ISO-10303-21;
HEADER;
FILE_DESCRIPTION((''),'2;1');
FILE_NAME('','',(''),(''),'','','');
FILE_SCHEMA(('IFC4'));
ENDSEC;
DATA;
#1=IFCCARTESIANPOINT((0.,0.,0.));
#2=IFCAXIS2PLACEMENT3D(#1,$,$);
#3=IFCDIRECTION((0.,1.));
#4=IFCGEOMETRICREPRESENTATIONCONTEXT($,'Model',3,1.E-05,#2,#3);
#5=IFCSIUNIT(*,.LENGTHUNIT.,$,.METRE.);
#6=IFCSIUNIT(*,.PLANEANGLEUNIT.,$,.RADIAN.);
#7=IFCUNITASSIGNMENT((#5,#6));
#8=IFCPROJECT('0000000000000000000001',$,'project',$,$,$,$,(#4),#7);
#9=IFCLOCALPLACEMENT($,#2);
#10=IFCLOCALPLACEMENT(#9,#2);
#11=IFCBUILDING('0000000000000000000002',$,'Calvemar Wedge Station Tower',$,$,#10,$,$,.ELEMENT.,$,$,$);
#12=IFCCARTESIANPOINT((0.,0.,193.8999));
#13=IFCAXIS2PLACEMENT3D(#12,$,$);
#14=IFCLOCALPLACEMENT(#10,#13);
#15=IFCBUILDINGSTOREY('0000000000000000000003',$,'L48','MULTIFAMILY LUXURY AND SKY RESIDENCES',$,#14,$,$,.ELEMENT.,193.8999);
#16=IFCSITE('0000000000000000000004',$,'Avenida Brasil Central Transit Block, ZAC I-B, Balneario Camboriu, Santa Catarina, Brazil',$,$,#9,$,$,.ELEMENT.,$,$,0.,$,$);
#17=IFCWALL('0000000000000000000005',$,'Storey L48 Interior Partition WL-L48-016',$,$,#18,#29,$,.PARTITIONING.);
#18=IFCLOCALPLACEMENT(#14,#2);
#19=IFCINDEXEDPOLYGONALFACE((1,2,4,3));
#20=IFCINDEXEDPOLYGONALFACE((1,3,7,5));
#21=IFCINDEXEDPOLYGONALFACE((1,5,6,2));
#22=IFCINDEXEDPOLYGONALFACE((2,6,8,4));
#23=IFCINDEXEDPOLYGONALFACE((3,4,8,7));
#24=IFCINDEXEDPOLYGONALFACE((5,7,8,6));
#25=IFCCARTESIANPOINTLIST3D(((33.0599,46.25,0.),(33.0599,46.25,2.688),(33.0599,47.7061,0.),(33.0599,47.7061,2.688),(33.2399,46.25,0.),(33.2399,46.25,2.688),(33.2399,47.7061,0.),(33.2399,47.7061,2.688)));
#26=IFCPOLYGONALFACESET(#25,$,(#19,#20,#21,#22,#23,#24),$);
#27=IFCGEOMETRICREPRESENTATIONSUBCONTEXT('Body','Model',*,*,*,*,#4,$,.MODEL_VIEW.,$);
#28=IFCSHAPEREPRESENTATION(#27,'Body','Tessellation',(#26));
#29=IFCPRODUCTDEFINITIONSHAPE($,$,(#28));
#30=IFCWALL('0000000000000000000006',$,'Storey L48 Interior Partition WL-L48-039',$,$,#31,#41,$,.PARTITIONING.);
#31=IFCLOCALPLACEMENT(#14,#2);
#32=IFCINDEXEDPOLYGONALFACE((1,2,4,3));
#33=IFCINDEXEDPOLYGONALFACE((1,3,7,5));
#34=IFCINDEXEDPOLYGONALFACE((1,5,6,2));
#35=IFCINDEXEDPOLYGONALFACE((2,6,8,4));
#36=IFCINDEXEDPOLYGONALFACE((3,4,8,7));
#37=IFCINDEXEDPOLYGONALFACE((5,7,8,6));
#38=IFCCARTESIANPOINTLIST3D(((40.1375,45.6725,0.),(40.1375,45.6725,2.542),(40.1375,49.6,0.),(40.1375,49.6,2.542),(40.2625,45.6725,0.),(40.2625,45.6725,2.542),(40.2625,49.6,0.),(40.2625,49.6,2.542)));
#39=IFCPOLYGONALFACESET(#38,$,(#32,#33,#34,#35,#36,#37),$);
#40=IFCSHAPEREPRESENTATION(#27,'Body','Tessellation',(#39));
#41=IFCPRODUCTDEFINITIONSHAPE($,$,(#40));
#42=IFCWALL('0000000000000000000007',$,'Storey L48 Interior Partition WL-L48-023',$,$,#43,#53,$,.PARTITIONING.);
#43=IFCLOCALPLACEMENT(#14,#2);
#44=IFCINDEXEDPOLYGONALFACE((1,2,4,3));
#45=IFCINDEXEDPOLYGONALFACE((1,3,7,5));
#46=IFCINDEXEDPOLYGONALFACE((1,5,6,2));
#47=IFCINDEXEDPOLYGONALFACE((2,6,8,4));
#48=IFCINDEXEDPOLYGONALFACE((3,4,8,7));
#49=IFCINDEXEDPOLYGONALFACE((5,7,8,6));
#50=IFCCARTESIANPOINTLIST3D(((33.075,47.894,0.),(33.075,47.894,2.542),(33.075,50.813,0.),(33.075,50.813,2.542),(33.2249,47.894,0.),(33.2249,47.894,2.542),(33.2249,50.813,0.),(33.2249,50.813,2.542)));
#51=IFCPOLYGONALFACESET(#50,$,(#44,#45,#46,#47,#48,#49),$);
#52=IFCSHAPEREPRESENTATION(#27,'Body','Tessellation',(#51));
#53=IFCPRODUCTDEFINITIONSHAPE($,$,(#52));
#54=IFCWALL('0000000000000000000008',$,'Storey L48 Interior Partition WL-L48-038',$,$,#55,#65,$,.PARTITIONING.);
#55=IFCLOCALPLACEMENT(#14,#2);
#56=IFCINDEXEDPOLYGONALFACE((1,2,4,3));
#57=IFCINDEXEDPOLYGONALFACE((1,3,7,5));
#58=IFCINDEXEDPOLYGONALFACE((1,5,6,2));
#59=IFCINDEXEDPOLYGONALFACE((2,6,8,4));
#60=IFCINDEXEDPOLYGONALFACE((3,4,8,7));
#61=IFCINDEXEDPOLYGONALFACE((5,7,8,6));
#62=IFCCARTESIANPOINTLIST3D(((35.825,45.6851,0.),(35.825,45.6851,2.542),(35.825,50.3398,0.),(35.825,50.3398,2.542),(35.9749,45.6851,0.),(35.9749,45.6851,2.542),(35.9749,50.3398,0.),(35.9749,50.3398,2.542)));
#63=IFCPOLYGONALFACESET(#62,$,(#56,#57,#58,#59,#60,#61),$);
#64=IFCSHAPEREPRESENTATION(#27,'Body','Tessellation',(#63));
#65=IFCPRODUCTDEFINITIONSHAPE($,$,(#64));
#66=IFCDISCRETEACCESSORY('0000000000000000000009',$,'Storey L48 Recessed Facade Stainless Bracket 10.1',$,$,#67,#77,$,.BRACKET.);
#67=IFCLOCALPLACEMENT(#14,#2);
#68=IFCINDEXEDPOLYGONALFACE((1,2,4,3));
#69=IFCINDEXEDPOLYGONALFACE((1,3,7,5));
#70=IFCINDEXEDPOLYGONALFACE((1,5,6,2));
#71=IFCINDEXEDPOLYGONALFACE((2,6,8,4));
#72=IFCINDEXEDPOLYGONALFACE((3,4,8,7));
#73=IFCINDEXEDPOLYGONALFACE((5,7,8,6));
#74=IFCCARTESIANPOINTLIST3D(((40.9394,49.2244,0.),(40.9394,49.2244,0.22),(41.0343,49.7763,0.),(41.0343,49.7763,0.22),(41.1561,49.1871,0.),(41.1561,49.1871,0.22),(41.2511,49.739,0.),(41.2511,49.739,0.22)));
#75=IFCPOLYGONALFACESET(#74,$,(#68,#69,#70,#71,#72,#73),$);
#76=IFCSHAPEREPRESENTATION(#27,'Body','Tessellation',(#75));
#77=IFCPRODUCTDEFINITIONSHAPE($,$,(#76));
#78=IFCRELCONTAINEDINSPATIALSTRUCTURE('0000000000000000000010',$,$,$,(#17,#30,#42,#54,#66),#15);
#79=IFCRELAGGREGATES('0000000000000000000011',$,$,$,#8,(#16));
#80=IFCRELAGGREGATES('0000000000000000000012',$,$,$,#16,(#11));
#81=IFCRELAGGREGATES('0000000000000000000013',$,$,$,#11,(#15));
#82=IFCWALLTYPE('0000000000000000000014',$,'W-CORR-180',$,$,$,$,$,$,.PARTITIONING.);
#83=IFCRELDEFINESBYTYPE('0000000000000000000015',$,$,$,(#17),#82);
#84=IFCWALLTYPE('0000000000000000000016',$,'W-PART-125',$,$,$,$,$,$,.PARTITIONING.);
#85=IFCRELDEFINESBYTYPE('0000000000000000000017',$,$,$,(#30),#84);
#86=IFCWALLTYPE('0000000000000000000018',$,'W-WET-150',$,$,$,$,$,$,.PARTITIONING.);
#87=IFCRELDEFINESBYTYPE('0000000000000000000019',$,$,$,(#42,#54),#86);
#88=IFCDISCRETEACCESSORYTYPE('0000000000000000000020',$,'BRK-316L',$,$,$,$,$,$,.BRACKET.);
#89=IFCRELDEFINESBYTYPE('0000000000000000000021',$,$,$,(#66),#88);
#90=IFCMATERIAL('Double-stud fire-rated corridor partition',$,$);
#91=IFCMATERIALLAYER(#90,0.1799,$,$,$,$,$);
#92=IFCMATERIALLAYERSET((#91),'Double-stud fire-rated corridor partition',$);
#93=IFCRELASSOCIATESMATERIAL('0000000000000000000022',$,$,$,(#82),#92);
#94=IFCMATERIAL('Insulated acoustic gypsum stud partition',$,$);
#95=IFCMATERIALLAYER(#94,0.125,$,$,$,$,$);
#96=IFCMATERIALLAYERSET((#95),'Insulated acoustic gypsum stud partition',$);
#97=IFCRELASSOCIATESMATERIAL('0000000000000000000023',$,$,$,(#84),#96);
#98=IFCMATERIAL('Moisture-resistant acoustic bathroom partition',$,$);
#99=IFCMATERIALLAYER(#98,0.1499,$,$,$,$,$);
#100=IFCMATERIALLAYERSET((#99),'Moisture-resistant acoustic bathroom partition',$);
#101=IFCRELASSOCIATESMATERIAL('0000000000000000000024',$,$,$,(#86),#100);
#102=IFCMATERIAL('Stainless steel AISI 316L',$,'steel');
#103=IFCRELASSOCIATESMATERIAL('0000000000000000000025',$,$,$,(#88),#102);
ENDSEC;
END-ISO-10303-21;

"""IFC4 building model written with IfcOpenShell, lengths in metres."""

from ifc_helpers import new_model, si_unit, direction, frame, frame_2d, origin, origin_2d, place, context, subcontext, project, spatial, rectangle, extrude, source, transform, mapped, material, layer, layer_set, type_object, element, save


model = new_model("IFC4")

# Units and contexts
model_context = context("Model", 3, precision=1e-05, world=origin(), true_north=direction((0.0, 1.0)))
body_context = subcontext(model_context, "Body", "Model", "MODEL_VIEW")
ifc_project = project(units=[si_unit("LENGTHUNIT", "METRE"), si_unit("PLANEANGLEUNIT", "RADIAN")], contexts=[model_context])

# Site, building, storey
site_placement = place(None, origin())
site = spatial("IfcSite", under=ifc_project, at=site_placement, Name="Avenida Brasil Central Transit Block, ZAC I-B, Balneario Camboriu, Santa Catarina, Brazil", CompositionType="ELEMENT", RefElevation=0.0)
building_placement = place(site_placement, origin())
building = spatial("IfcBuilding", under=site, at=building_placement, Name="Calvemar Wedge Station Tower", CompositionType="ELEMENT")
storey_placement = place(building_placement, frame((0.0, 0.0, 193.8999)))
storey = spatial("IfcBuildingStorey", under=building, at=storey_placement, Name="L48", Description="MULTIFAMILY LUXURY AND SKY RESIDENCES", CompositionType="ELEMENT", Elevation=193.8999)

# Walls
ifc_material_1 = material(Name="Double-stud fire-rated corridor partition")
ifc_layer_1 = layer(ifc_material_1, 0.1799)
ifc_layer_set_1 = layer_set([ifc_layer_1], Name="Double-stud fire-rated corridor partition")
wall_type_1 = type_object("IfcWallType", Name="W-CORR-180", PredefinedType="PARTITIONING", material=ifc_layer_set_1)
wall_1_placement = place(storey_placement, frame((33.1499, 47.7061, 0.0), z_axis=(0.0, 0.0, 1.0), x_axis=(0.0, -1.0, 0.0)))
element("IfcWall", 1, at=wall_1_placement, inside=storey, type_object=wall_type_1, Name="Storey L48 Interior Partition WL-L48-016", PredefinedType="PARTITIONING", context=body_context, shape_type="SweptSolid", body=[
    extrude(rectangle(XDim=1.4561, YDim=0.1799, at=frame_2d((0.728, 0.0))), origin(), (0.0, 0.0, 1.0), 2.688),
])
ifc_material_2 = material(Name="Insulated acoustic gypsum stud partition")
ifc_layer_2 = layer(ifc_material_2, 0.125)
ifc_layer_set_2 = layer_set([ifc_layer_2], Name="Insulated acoustic gypsum stud partition")
wall_type_2 = type_object("IfcWallType", Name="W-PART-125", PredefinedType="PARTITIONING", material=ifc_layer_set_2)
wall_2_placement = place(storey_placement, frame((40.2, 49.6001, 0.0), z_axis=(0.0, 0.0, 1.0), x_axis=(0.0, -1.0, 0.0)))
element("IfcWall", 2, at=wall_2_placement, inside=storey, type_object=wall_type_2, Name="Storey L48 Interior Partition WL-L48-039", PredefinedType="PARTITIONING", context=body_context, shape_type="SweptSolid", body=[
    extrude(rectangle(XDim=3.9275, YDim=0.125, at=frame_2d((1.9639, 0.0))), origin(), (0.0, 0.0, 1.0), 2.542),
])
ifc_material_3 = material(Name="Moisture-resistant acoustic bathroom partition")
ifc_layer_3 = layer(ifc_material_3, 0.1499)
ifc_layer_set_3 = layer_set([ifc_layer_3], Name="Moisture-resistant acoustic bathroom partition")
wall_type_3 = type_object("IfcWallType", Name="W-WET-150", PredefinedType="PARTITIONING", material=ifc_layer_set_3)
wall_3_placement = place(storey_placement, frame((33.1499, 50.813, 0.0), z_axis=(0.0, 0.0, 1.0), x_axis=(0.0, -1.0, 0.0)))
element("IfcWall", 3, at=wall_3_placement, inside=storey, type_object=wall_type_3, Name="Storey L48 Interior Partition WL-L48-023", PredefinedType="PARTITIONING", context=body_context, shape_type="SweptSolid", body=[
    extrude(rectangle(XDim=2.9189, YDim=0.1499, at=frame_2d((1.4595, 0.0))), origin(), (0.0, 0.0, 1.0), 2.542),
])
wall_4_placement = place(storey_placement, frame((35.8999, 50.3398, 0.0), z_axis=(0.0, 0.0, 1.0), x_axis=(0.0, -1.0, 0.0)))
element("IfcWall", 4, at=wall_4_placement, inside=storey, type_object=wall_type_3, Name="Storey L48 Interior Partition WL-L48-038", PredefinedType="PARTITIONING", context=body_context, shape_type="SweptSolid", body=[
    extrude(rectangle(XDim=4.6548, YDim=0.1499, at=frame_2d((2.3274, 0.0))), origin(), (0.0, 0.0, 1.0), 2.542),
])

# Discrete accessory
ifc_material_4 = material(Name="Stainless steel AISI 316L", Category="steel")
discrete_accessory_type = type_object("IfcDiscreteAccessoryType", Name="BRK-316L", PredefinedType="BRACKET", material=ifc_material_4)
shared_shape_1 = source(origin(), body_context, "Body", "SweptSolid", [
    extrude(rectangle(XDim=0.22, YDim=0.5601, at=origin_2d()), origin(), (0.0, 0.0, 1.0), 0.22),
])
discrete_accessory_placement = place(storey_placement, frame((41.0952, 49.4817, 0.0), z_axis=(0.0, 0.0, 1.0), x_axis=(-0.985526, 0.169522, 0.0)))
element("IfcDiscreteAccessory", 5, at=discrete_accessory_placement, inside=storey, type_object=discrete_accessory_type, Name="Storey L48 Recessed Facade Stainless Bracket 10.1", PredefinedType="BRACKET", context=body_context, shape_type="MappedRepresentation", body=[
    mapped(shared_shape_1, transform((0.0, 0.0, 0.0), scale=1.0)),
])

save(model, "model.ifc")
